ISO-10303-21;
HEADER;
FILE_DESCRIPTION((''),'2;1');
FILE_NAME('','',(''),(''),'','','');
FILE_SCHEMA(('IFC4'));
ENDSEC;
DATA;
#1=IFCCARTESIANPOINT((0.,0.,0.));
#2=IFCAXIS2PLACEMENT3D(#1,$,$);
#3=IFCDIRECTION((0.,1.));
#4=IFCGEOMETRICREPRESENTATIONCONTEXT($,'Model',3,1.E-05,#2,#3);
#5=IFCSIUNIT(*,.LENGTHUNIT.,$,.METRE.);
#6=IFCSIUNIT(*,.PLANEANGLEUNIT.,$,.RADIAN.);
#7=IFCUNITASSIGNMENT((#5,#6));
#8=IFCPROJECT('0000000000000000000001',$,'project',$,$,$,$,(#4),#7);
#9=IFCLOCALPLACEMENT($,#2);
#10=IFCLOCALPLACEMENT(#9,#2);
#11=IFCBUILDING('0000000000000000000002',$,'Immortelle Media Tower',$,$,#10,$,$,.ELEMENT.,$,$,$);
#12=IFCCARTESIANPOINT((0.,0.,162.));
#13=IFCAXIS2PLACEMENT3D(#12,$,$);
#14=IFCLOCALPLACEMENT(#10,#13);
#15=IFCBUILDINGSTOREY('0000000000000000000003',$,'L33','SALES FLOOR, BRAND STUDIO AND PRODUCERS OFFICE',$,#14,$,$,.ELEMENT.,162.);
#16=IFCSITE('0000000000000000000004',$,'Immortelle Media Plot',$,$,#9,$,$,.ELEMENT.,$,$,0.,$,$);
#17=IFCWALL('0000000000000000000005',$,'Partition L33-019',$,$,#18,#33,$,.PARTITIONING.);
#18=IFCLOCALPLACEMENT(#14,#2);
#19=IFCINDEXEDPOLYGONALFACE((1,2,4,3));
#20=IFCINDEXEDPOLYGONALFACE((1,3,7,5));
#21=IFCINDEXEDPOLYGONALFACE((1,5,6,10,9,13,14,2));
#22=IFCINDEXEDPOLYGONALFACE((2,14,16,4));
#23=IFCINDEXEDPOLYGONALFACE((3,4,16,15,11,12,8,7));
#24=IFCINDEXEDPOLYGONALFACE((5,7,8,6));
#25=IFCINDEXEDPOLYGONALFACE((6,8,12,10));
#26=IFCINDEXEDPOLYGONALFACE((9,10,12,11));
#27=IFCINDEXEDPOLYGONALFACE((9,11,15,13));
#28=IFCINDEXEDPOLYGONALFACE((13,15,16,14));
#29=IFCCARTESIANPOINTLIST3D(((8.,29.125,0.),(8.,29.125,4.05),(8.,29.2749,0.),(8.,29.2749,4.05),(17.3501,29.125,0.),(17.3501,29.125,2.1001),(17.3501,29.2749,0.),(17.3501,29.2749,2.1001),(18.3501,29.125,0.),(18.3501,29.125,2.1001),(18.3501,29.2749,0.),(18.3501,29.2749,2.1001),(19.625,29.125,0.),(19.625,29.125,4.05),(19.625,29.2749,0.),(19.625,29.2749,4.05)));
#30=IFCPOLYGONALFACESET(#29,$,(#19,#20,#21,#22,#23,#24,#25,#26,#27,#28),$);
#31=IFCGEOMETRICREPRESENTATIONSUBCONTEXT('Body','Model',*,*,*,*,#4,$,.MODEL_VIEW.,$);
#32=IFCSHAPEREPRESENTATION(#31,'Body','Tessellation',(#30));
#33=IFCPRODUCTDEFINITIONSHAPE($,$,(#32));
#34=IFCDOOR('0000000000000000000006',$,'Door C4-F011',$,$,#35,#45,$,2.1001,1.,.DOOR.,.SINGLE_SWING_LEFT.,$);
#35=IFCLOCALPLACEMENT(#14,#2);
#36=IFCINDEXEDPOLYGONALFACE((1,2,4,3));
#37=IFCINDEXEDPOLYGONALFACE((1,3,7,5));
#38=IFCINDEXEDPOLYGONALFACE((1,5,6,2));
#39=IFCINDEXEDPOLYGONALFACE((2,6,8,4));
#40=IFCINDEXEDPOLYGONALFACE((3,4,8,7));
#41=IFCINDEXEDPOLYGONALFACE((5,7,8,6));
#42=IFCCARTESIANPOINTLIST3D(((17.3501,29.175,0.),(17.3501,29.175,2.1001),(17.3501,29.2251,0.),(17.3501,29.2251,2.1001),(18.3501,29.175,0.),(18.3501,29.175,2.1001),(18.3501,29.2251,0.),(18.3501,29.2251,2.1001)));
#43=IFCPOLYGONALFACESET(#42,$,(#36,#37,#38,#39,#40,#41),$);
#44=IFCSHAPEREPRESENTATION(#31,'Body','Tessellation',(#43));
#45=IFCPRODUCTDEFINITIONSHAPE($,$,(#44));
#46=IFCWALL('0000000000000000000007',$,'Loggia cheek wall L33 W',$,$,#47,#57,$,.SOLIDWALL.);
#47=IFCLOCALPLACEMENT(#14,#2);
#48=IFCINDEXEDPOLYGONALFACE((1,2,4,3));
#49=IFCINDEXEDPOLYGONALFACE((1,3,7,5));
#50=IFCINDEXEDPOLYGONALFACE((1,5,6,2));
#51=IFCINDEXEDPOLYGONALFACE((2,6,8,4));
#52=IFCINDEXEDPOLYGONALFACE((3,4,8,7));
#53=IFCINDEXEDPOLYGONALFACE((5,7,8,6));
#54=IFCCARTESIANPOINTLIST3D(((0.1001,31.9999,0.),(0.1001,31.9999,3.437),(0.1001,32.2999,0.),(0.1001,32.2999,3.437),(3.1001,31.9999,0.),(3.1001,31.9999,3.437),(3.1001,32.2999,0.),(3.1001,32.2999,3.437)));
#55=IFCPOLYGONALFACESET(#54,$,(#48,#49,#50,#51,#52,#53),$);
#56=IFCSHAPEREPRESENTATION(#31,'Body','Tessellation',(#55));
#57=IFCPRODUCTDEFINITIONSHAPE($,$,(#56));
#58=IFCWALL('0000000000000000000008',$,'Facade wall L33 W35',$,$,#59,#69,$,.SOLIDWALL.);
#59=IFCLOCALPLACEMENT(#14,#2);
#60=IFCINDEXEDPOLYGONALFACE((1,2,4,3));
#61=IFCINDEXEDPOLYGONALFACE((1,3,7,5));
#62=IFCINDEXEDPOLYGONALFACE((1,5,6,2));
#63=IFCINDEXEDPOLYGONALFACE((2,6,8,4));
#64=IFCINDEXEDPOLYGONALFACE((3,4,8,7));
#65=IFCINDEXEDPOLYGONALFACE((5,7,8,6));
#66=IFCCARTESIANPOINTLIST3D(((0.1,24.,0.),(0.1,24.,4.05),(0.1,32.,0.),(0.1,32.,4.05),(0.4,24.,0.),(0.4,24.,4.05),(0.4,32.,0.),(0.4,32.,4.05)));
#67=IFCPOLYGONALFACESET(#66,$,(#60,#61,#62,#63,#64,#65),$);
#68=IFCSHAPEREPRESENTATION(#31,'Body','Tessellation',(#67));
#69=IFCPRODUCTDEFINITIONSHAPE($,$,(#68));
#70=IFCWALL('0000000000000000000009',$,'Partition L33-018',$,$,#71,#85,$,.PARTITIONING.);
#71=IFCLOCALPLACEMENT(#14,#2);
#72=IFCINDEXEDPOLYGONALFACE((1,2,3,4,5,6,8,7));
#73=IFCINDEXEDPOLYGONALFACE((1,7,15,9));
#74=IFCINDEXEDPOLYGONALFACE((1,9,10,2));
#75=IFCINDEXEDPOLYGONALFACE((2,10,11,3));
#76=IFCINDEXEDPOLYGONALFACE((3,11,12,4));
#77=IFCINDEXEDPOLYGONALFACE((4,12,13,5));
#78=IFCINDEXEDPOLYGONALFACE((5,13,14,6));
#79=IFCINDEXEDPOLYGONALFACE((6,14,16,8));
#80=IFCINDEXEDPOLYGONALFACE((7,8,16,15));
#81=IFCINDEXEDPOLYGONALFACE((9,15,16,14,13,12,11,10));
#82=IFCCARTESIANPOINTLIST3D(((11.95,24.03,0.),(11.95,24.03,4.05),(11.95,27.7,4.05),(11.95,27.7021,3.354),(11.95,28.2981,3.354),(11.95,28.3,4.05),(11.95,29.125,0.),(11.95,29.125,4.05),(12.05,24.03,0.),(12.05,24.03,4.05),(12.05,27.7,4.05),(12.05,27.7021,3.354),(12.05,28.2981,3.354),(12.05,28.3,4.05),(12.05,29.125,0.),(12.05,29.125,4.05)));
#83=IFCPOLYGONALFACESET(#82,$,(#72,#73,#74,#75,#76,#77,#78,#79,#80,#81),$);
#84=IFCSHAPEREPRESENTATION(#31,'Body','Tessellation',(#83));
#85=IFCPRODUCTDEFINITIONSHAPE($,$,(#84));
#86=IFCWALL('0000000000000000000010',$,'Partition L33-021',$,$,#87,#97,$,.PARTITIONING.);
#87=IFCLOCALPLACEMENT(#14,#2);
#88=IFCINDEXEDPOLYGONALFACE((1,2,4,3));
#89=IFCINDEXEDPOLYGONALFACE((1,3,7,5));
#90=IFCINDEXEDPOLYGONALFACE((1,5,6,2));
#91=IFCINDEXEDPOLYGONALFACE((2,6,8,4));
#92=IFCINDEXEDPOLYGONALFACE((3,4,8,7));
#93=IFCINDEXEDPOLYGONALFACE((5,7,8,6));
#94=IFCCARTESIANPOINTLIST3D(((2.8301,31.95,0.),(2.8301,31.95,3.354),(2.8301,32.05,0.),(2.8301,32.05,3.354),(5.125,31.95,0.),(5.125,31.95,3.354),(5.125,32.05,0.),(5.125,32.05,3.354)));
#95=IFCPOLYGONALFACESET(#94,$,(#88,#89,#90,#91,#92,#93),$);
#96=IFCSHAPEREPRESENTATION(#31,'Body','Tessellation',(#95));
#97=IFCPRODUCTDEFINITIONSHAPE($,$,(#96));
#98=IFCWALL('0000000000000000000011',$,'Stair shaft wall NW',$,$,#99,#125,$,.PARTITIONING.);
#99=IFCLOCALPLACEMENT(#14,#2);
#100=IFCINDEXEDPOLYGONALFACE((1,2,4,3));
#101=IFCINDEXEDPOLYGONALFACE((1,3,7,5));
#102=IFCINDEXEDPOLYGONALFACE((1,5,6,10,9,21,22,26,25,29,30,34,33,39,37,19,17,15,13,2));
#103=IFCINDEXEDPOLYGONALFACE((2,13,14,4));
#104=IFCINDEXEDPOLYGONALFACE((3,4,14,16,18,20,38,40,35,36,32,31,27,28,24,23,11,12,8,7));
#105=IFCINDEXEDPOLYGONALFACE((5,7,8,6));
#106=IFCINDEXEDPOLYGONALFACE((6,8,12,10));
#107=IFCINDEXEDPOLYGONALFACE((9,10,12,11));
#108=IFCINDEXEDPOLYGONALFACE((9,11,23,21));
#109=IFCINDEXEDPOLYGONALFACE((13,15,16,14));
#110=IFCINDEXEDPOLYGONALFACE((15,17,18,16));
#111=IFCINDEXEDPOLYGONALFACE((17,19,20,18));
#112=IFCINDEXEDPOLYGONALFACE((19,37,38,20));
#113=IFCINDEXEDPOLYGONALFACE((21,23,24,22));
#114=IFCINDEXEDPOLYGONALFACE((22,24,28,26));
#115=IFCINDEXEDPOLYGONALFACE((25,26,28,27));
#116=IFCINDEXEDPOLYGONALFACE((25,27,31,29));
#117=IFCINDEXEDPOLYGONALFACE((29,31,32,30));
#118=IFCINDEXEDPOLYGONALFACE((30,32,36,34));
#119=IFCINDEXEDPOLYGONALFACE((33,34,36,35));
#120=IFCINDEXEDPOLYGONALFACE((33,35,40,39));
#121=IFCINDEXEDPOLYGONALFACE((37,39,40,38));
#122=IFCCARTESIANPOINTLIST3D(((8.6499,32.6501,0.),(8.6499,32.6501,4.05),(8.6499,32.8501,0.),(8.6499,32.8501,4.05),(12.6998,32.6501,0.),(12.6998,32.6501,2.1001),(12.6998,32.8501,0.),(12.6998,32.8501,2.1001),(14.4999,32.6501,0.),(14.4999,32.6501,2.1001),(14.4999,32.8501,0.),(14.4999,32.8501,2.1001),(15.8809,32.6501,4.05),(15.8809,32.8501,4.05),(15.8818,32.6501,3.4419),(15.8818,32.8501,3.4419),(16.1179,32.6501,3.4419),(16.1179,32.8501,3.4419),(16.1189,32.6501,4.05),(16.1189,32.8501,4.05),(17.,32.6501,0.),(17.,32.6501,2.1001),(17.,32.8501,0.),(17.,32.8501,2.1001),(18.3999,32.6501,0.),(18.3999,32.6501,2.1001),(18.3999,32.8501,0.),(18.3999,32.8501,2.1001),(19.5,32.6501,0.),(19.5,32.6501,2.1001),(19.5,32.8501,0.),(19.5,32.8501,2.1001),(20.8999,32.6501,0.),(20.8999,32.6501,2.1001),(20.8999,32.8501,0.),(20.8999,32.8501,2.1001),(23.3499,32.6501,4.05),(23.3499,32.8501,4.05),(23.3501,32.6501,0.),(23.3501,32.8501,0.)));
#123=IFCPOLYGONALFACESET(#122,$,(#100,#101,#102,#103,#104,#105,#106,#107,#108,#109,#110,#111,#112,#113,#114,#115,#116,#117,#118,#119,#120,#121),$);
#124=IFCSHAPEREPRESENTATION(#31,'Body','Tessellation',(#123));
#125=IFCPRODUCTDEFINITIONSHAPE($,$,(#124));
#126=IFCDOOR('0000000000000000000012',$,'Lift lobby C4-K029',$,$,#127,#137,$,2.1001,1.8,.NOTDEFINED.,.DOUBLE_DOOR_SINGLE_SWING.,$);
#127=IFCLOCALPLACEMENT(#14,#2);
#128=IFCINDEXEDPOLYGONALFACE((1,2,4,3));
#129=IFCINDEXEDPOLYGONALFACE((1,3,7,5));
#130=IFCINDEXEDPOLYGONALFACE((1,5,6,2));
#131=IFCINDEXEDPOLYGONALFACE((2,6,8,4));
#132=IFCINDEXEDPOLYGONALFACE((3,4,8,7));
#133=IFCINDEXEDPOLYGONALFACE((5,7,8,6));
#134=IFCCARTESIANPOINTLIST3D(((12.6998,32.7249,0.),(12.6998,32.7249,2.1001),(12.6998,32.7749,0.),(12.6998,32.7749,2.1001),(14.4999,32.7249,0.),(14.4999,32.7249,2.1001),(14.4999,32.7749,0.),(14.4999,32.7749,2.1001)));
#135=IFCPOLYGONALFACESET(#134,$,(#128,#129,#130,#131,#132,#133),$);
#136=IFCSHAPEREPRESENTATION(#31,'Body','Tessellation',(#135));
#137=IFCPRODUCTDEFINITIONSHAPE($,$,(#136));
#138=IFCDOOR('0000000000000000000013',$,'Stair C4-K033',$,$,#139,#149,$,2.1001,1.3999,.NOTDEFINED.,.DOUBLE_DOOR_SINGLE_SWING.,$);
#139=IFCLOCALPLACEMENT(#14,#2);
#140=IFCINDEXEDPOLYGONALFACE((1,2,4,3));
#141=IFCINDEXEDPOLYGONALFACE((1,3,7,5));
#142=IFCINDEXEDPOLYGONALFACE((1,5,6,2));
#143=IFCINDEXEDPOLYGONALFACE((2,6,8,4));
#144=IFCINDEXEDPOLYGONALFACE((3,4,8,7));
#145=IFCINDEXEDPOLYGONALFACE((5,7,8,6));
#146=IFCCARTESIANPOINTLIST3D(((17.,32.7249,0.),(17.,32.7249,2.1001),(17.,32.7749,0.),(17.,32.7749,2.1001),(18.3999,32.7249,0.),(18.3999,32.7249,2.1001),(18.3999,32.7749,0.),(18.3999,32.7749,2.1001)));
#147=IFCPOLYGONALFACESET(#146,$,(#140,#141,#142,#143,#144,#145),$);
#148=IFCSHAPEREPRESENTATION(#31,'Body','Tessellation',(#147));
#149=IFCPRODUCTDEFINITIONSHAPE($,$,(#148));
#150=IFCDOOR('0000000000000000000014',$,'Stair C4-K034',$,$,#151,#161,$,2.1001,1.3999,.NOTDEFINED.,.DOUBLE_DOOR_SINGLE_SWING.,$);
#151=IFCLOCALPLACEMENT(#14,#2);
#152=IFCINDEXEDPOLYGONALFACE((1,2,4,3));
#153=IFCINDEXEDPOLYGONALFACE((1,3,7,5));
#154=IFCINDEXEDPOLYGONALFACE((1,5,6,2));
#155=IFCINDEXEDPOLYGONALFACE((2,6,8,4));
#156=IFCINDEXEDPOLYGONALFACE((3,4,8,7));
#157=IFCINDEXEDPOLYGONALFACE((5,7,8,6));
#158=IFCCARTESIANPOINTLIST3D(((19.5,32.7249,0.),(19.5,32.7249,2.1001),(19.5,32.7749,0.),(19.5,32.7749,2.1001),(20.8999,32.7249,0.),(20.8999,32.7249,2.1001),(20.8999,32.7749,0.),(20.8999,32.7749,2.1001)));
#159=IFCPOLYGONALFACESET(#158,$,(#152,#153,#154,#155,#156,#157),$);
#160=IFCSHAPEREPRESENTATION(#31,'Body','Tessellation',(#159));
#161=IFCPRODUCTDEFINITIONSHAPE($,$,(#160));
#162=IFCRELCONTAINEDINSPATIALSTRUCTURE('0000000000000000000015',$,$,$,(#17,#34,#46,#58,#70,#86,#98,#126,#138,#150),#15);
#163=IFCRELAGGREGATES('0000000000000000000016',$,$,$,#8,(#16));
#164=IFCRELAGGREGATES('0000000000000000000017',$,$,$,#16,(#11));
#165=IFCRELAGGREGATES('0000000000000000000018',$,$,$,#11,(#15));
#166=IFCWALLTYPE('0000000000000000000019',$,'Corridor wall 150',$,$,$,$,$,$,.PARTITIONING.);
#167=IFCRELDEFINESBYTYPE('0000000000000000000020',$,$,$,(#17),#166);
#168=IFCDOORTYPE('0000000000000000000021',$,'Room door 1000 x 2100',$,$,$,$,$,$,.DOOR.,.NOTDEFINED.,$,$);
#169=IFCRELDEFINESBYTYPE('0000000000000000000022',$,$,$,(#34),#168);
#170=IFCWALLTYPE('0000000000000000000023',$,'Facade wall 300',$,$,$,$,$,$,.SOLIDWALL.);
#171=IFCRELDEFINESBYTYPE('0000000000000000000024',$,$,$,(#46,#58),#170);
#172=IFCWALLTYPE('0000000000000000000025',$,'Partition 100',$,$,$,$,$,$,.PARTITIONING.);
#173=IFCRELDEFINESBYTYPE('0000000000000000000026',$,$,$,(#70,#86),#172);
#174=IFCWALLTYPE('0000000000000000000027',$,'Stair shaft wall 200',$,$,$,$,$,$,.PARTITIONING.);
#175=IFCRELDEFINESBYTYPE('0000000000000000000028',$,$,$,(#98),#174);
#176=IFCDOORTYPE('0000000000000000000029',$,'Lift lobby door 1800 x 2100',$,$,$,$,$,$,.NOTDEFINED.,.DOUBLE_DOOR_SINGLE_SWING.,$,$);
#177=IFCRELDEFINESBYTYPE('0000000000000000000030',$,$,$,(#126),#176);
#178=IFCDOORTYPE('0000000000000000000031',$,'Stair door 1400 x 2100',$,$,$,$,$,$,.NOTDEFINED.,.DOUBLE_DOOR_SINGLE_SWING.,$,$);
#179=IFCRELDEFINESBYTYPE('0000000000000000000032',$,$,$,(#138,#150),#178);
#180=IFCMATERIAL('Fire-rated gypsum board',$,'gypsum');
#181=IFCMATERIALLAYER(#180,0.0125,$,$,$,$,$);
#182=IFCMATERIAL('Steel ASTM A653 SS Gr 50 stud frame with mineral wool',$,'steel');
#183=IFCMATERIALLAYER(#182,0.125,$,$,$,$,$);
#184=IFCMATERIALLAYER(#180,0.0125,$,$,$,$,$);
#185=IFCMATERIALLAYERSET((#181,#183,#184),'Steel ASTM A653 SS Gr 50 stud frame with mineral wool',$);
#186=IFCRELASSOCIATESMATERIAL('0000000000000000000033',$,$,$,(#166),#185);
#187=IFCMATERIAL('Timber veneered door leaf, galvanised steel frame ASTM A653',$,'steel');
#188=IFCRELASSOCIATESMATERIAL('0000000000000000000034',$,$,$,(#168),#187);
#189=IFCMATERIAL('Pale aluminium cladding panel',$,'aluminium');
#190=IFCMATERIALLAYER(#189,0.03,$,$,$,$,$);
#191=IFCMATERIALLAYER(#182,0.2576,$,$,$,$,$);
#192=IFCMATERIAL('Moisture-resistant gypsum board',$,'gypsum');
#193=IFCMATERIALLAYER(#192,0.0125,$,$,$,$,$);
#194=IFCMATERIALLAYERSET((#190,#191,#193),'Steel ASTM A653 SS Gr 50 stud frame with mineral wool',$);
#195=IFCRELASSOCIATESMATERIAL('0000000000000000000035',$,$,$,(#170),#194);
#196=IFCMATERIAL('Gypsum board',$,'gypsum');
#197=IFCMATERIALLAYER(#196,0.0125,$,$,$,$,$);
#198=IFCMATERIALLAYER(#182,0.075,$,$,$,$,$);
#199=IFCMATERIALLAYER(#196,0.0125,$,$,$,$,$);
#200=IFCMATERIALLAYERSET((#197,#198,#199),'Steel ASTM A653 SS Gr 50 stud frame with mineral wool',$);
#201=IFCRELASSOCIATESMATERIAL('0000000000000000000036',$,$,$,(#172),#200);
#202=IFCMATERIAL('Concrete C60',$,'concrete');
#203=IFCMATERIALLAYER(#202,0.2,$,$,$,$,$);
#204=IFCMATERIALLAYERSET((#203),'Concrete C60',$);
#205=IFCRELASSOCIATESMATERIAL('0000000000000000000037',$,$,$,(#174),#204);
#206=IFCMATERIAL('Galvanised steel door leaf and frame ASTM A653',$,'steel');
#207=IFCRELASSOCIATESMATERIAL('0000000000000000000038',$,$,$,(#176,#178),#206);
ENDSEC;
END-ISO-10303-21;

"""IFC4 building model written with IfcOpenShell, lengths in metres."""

from ifc_helpers import new_model, si_unit, direction, frame, frame_2d, origin, place, context, subcontext, project, spatial, polyline, rectangle, outline, extrude, material, layer, layer_set, type_object, element, fill, save


model = new_model("IFC4")

# Units and contexts
model_context = context("Model", 3, precision=1e-05, world=origin(), true_north=direction((0.0, 1.0)))
body_context = subcontext(model_context, "Body", "Model", "MODEL_VIEW")
ifc_project = project(units=[si_unit("LENGTHUNIT", "METRE"), si_unit("PLANEANGLEUNIT", "RADIAN")], contexts=[model_context])

# Site, building, storey
site_placement = place(None, origin())
site = spatial("IfcSite", under=ifc_project, at=site_placement, Name="Immortelle Media Plot", CompositionType="ELEMENT", RefElevation=0.0)
building_placement = place(site_placement, origin())
building = spatial("IfcBuilding", under=site, at=building_placement, Name="Immortelle Media Tower", CompositionType="ELEMENT")
storey_placement = place(building_placement, frame((0.0, 0.0, 162.0)))
storey = spatial("IfcBuildingStorey", under=building, at=storey_placement, Name="L33", Description="SALES FLOOR, BRAND STUDIO AND PRODUCERS OFFICE", CompositionType="ELEMENT", Elevation=162.0)

# Wall, opening, door
ifc_material_1 = material(Name="Fire-rated gypsum board", Category="gypsum")
ifc_layer_1 = layer(ifc_material_1, 0.0125)
ifc_material_2 = material(Name="Steel ASTM A653 SS Gr 50 stud frame with mineral wool", Category="steel")
ifc_layer_2 = layer(ifc_material_2, 0.125)
ifc_layer_3 = layer(ifc_material_1, 0.0125)
ifc_layer_set_1 = layer_set([ifc_layer_1, ifc_layer_2, ifc_layer_3], Name="Steel ASTM A653 SS Gr 50 stud frame with mineral wool")
wall_type_1 = type_object("IfcWallType", Name="Corridor wall 150", PredefinedType="PARTITIONING", material=ifc_layer_set_1)
ifc_material_3 = material(Name="Timber veneered door leaf, galvanised steel frame ASTM A653", Category="steel")
door_type_1 = type_object("IfcDoorType", Name="Room door 1000 x 2100", OperationType="NOTDEFINED", PredefinedType="DOOR", material=ifc_material_3)
wall_1_placement = place(storey_placement, frame((8.0, 29.2, 0.0), z_axis=(0.0, 0.0, 1.0), x_axis=(1.0, 0.0, 0.0)))
wall_1 = element("IfcWall", 1, at=wall_1_placement, inside=storey, type_object=wall_type_1, Name="Partition L33-019", PredefinedType="PARTITIONING", context=body_context, shape_type="SweptSolid", body=[
    extrude(rectangle(XDim=11.625, YDim=0.1499, at=frame_2d((5.8125, 0.0))), origin(), (0.0, 0.0, 1.0), 4.05),
])
opening_1_placement = place(wall_1_placement, frame((10.3501, 0.0, 0.0), z_axis=(0.0, 0.0, 1.0), x_axis=(-1.0, 0.0, 0.0)))
opening_1 = element("IfcOpeningElement", 2, at=opening_1_placement, cuts=wall_1, PredefinedType="OPENING", context=body_context, shape_type="SweptSolid", body=[
    extrude(rectangle(XDim=1.0, YDim=2.1001, at=frame_2d((0.5, 1.05))), frame((0.0, 0.085, 0.0), z_axis=(0.0, -1.0, 0.0), x_axis=(1.0, 0.0, 0.0)), (0.0, 0.0, 1.0), 0.1699),
])
door_1_placement = place(opening_1_placement, origin())
door_1 = element("IfcDoor", 3, at=door_1_placement, inside=storey, type_object=door_type_1, Name="Door C4-F011", OperationType="SINGLE_SWING_LEFT", OverallHeight=2.1001, OverallWidth=1.0, PredefinedType="DOOR", context=body_context, shape_type="SweptSolid", body=[
    extrude(rectangle(XDim=1.0, YDim=2.1001, at=frame_2d((0.5, 1.05))), frame((0.0, 0.0249, 0.0), z_axis=(0.0, -1.0, 0.0), x_axis=(1.0, 0.0, 0.0)), (0.0, 0.0, 1.0), 0.05),
])
fill(opening_1, door_1)

# Walls
ifc_material_4 = material(Name="Pale aluminium cladding panel", Category="aluminium")
ifc_layer_4 = layer(ifc_material_4, 0.03)
ifc_layer_5 = layer(ifc_material_2, 0.2576)
ifc_material_5 = material(Name="Moisture-resistant gypsum board", Category="gypsum")
ifc_layer_6 = layer(ifc_material_5, 0.0125)
ifc_layer_set_2 = layer_set([ifc_layer_4, ifc_layer_5, ifc_layer_6], Name="Steel ASTM A653 SS Gr 50 stud frame with mineral wool")
wall_type_2 = type_object("IfcWallType", Name="Facade wall 300", PredefinedType="SOLIDWALL", material=ifc_layer_set_2)
wall_2_placement = place(storey_placement, frame((0.1001, 32.1499, 0.0), z_axis=(0.0, 0.0, 1.0), x_axis=(1.0, 0.0, 0.0)))
element("IfcWall", 4, at=wall_2_placement, inside=storey, type_object=wall_type_2, Name="Loggia cheek wall L33 W", PredefinedType="SOLIDWALL", context=body_context, shape_type="SweptSolid", body=[
    extrude(rectangle(XDim=3.0, YDim=0.3, at=frame_2d((1.5, 0.0))), origin(), (0.0, 0.0, 1.0), 3.437),
])
wall_3_placement = place(storey_placement, frame((0.25, 32.0, 0.0), z_axis=(0.0, 0.0, 1.0), x_axis=(0.0, -1.0, 0.0)))
element("IfcWall", 5, at=wall_3_placement, inside=storey, type_object=wall_type_2, Name="Facade wall L33 W35", PredefinedType="SOLIDWALL", context=body_context, shape_type="SweptSolid", body=[
    extrude(rectangle(XDim=8.0, YDim=0.3, at=frame_2d((4.0, 0.0))), origin(), (0.0, 0.0, 1.0), 4.05),
])
ifc_material_6 = material(Name="Gypsum board", Category="gypsum")
ifc_layer_7 = layer(ifc_material_6, 0.0125)
ifc_layer_8 = layer(ifc_material_2, 0.075)
ifc_layer_9 = layer(ifc_material_6, 0.0125)
ifc_layer_set_3 = layer_set([ifc_layer_7, ifc_layer_8, ifc_layer_9], Name="Steel ASTM A653 SS Gr 50 stud frame with mineral wool")
wall_type_3 = type_object("IfcWallType", Name="Partition 100", PredefinedType="PARTITIONING", material=ifc_layer_set_3)
wall_4_placement = place(storey_placement, frame((12.0, 24.03, 0.0), z_axis=(0.0, 0.0, 1.0), x_axis=(0.0, 1.0, 0.0)))
element("IfcWall", 6, at=wall_4_placement, inside=storey, type_object=wall_type_3, Name="Partition L33-018", PredefinedType="PARTITIONING", context=body_context, shape_type="SweptSolid", body=[
    extrude(outline(polyline([(0.0, 0.0), (5.095, 0.0), (5.095, 4.05), (4.27, 4.05), (4.2681, 3.354), (3.6721, 3.354), (3.6699, 4.05), (0.0, 4.05), (0.0, 0.0)])), frame((0.0, 0.05, 0.0), z_axis=(0.0, -1.0, 0.0), x_axis=(1.0, 0.0, 0.0)), (0.0, 0.0, 1.0), 0.1001),
])
wall_5_placement = place(storey_placement, frame((2.8301, 32.0, 0.0), z_axis=(0.0, 0.0, 1.0), x_axis=(1.0, 0.0, 0.0)))
element("IfcWall", 7, at=wall_5_placement, inside=storey, type_object=wall_type_3, Name="Partition L33-021", PredefinedType="PARTITIONING", context=body_context, shape_type="SweptSolid", body=[
    extrude(rectangle(XDim=2.2949, YDim=0.1001, at=frame_2d((1.1475, 0.0))), origin(), (0.0, 0.0, 1.0), 3.354),
])

# Wall, openings, doors
ifc_material_7 = material(Name="Concrete C60", Category="concrete")
ifc_layer_10 = layer(ifc_material_7, 0.2)
ifc_layer_set_4 = layer_set([ifc_layer_10], Name="Concrete C60")
wall_type_4 = type_object("IfcWallType", Name="Stair shaft wall 200", PredefinedType="PARTITIONING", material=ifc_layer_set_4)
wall_6_placement = place(storey_placement, frame((8.6499, 32.75, 0.0), z_axis=(0.0, 0.0, 1.0), x_axis=(1.0, 0.0, 0.0)))
wall_6 = element("IfcWall", 8, at=wall_6_placement, inside=storey, type_object=wall_type_4, Name="Stair shaft wall NW", PredefinedType="PARTITIONING", context=body_context, shape_type="SweptSolid", body=[
    extrude(outline(polyline([(0.0, 0.0), (14.7002, 0.0), (14.7, 4.05), (7.469, 4.05), (7.468, 3.4419), (7.2319, 3.4419), (7.231, 4.05), (0.0, 4.05), (0.0, 0.0)])), frame((0.0, 0.1001, 0.0), z_axis=(0.0, -1.0, 0.0), x_axis=(1.0, 0.0, 0.0)), (0.0, 0.0, 1.0), 0.2),
])
opening_2_placement = place(wall_6_placement, frame((4.05, 0.0, 0.0)))
opening_2 = element("IfcOpeningElement", 9, at=opening_2_placement, cuts=wall_6, PredefinedType="OPENING", context=body_context, shape_type="SweptSolid", body=[
    extrude(rectangle(XDim=1.8, YDim=2.1001, at=frame_2d((0.8999, 1.05))), frame((0.0, 0.1099, 0.0), z_axis=(0.0, -1.0, 0.0), x_axis=(1.0, 0.0, 0.0)), (0.0, 0.0, 1.0), 0.22),
])
opening_3_placement = place(wall_6_placement, frame((8.3501, 0.0, 0.0)))
opening_3 = element("IfcOpeningElement", 10, at=opening_3_placement, cuts=wall_6, PredefinedType="OPENING", context=body_context, shape_type="SweptSolid", body=[
    extrude(rectangle(XDim=1.3999, YDim=2.1001, at=frame_2d((0.7, 1.05))), frame((0.0, 0.1099, 0.0), z_axis=(0.0, -1.0, 0.0), x_axis=(1.0, 0.0, 0.0)), (0.0, 0.0, 1.0), 0.22),
])
opening_4_placement = place(wall_6_placement, frame((10.8501, 0.0, 0.0)))
opening_4 = element("IfcOpeningElement", 11, at=opening_4_placement, cuts=wall_6, PredefinedType="OPENING", context=body_context, shape_type="SweptSolid", body=[
    extrude(rectangle(XDim=1.3999, YDim=2.1001, at=frame_2d((0.7, 1.05))), frame((0.0, 0.1099, 0.0), z_axis=(0.0, -1.0, 0.0), x_axis=(1.0, 0.0, 0.0)), (0.0, 0.0, 1.0), 0.22),
])
ifc_material_8 = material(Name="Galvanised steel door leaf and frame ASTM A653", Category="steel")
door_type_2 = type_object("IfcDoorType", Name="Lift lobby door 1800 x 2100", OperationType="DOUBLE_DOOR_SINGLE_SWING", PredefinedType="NOTDEFINED", material=ifc_material_8)
door_2_placement = place(opening_2_placement, origin())
door_2 = element("IfcDoor", 12, at=door_2_placement, inside=storey, type_object=door_type_2, Name="Lift lobby C4-K029", OperationType="DOUBLE_DOOR_SINGLE_SWING", OverallHeight=2.1001, OverallWidth=1.8, PredefinedType="NOTDEFINED", context=body_context, shape_type="SweptSolid", body=[
    extrude(rectangle(XDim=1.8, YDim=2.1001, at=frame_2d((0.8999, 1.05))), frame((0.0, 0.0249, 0.0), z_axis=(0.0, -1.0, 0.0), x_axis=(1.0, 0.0, 0.0)), (0.0, 0.0, 1.0), 0.05),
])
fill(opening_2, door_2)
door_type_3 = type_object("IfcDoorType", Name="Stair door 1400 x 2100", OperationType="DOUBLE_DOOR_SINGLE_SWING", PredefinedType="NOTDEFINED", material=ifc_material_8)
door_3_placement = place(opening_3_placement, origin())
door_3 = element("IfcDoor", 13, at=door_3_placement, inside=storey, type_object=door_type_3, Name="Stair C4-K033", OperationType="DOUBLE_DOOR_SINGLE_SWING", OverallHeight=2.1001, OverallWidth=1.3999, PredefinedType="NOTDEFINED", context=body_context, shape_type="SweptSolid", body=[
    extrude(rectangle(XDim=1.3999, YDim=2.1001, at=frame_2d((0.7, 1.05))), frame((0.0, 0.0249, 0.0), z_axis=(0.0, -1.0, 0.0), x_axis=(1.0, 0.0, 0.0)), (0.0, 0.0, 1.0), 0.05),
])
fill(opening_3, door_3)
door_4_placement = place(opening_4_placement, origin())
door_4 = element("IfcDoor", 14, at=door_4_placement, inside=storey, type_object=door_type_3, Name="Stair C4-K034", OperationType="DOUBLE_DOOR_SINGLE_SWING", OverallHeight=2.1001, OverallWidth=1.3999, PredefinedType="NOTDEFINED", context=body_context, shape_type="SweptSolid", body=[
    extrude(rectangle(XDim=1.3999, YDim=2.1001, at=frame_2d((0.7, 1.05))), frame((0.0, 0.0249, 0.0), z_axis=(0.0, -1.0, 0.0), x_axis=(1.0, 0.0, 0.0)), (0.0, 0.0, 1.0), 0.05),
])
fill(opening_4, door_4)

save(model, "model.ifc")
